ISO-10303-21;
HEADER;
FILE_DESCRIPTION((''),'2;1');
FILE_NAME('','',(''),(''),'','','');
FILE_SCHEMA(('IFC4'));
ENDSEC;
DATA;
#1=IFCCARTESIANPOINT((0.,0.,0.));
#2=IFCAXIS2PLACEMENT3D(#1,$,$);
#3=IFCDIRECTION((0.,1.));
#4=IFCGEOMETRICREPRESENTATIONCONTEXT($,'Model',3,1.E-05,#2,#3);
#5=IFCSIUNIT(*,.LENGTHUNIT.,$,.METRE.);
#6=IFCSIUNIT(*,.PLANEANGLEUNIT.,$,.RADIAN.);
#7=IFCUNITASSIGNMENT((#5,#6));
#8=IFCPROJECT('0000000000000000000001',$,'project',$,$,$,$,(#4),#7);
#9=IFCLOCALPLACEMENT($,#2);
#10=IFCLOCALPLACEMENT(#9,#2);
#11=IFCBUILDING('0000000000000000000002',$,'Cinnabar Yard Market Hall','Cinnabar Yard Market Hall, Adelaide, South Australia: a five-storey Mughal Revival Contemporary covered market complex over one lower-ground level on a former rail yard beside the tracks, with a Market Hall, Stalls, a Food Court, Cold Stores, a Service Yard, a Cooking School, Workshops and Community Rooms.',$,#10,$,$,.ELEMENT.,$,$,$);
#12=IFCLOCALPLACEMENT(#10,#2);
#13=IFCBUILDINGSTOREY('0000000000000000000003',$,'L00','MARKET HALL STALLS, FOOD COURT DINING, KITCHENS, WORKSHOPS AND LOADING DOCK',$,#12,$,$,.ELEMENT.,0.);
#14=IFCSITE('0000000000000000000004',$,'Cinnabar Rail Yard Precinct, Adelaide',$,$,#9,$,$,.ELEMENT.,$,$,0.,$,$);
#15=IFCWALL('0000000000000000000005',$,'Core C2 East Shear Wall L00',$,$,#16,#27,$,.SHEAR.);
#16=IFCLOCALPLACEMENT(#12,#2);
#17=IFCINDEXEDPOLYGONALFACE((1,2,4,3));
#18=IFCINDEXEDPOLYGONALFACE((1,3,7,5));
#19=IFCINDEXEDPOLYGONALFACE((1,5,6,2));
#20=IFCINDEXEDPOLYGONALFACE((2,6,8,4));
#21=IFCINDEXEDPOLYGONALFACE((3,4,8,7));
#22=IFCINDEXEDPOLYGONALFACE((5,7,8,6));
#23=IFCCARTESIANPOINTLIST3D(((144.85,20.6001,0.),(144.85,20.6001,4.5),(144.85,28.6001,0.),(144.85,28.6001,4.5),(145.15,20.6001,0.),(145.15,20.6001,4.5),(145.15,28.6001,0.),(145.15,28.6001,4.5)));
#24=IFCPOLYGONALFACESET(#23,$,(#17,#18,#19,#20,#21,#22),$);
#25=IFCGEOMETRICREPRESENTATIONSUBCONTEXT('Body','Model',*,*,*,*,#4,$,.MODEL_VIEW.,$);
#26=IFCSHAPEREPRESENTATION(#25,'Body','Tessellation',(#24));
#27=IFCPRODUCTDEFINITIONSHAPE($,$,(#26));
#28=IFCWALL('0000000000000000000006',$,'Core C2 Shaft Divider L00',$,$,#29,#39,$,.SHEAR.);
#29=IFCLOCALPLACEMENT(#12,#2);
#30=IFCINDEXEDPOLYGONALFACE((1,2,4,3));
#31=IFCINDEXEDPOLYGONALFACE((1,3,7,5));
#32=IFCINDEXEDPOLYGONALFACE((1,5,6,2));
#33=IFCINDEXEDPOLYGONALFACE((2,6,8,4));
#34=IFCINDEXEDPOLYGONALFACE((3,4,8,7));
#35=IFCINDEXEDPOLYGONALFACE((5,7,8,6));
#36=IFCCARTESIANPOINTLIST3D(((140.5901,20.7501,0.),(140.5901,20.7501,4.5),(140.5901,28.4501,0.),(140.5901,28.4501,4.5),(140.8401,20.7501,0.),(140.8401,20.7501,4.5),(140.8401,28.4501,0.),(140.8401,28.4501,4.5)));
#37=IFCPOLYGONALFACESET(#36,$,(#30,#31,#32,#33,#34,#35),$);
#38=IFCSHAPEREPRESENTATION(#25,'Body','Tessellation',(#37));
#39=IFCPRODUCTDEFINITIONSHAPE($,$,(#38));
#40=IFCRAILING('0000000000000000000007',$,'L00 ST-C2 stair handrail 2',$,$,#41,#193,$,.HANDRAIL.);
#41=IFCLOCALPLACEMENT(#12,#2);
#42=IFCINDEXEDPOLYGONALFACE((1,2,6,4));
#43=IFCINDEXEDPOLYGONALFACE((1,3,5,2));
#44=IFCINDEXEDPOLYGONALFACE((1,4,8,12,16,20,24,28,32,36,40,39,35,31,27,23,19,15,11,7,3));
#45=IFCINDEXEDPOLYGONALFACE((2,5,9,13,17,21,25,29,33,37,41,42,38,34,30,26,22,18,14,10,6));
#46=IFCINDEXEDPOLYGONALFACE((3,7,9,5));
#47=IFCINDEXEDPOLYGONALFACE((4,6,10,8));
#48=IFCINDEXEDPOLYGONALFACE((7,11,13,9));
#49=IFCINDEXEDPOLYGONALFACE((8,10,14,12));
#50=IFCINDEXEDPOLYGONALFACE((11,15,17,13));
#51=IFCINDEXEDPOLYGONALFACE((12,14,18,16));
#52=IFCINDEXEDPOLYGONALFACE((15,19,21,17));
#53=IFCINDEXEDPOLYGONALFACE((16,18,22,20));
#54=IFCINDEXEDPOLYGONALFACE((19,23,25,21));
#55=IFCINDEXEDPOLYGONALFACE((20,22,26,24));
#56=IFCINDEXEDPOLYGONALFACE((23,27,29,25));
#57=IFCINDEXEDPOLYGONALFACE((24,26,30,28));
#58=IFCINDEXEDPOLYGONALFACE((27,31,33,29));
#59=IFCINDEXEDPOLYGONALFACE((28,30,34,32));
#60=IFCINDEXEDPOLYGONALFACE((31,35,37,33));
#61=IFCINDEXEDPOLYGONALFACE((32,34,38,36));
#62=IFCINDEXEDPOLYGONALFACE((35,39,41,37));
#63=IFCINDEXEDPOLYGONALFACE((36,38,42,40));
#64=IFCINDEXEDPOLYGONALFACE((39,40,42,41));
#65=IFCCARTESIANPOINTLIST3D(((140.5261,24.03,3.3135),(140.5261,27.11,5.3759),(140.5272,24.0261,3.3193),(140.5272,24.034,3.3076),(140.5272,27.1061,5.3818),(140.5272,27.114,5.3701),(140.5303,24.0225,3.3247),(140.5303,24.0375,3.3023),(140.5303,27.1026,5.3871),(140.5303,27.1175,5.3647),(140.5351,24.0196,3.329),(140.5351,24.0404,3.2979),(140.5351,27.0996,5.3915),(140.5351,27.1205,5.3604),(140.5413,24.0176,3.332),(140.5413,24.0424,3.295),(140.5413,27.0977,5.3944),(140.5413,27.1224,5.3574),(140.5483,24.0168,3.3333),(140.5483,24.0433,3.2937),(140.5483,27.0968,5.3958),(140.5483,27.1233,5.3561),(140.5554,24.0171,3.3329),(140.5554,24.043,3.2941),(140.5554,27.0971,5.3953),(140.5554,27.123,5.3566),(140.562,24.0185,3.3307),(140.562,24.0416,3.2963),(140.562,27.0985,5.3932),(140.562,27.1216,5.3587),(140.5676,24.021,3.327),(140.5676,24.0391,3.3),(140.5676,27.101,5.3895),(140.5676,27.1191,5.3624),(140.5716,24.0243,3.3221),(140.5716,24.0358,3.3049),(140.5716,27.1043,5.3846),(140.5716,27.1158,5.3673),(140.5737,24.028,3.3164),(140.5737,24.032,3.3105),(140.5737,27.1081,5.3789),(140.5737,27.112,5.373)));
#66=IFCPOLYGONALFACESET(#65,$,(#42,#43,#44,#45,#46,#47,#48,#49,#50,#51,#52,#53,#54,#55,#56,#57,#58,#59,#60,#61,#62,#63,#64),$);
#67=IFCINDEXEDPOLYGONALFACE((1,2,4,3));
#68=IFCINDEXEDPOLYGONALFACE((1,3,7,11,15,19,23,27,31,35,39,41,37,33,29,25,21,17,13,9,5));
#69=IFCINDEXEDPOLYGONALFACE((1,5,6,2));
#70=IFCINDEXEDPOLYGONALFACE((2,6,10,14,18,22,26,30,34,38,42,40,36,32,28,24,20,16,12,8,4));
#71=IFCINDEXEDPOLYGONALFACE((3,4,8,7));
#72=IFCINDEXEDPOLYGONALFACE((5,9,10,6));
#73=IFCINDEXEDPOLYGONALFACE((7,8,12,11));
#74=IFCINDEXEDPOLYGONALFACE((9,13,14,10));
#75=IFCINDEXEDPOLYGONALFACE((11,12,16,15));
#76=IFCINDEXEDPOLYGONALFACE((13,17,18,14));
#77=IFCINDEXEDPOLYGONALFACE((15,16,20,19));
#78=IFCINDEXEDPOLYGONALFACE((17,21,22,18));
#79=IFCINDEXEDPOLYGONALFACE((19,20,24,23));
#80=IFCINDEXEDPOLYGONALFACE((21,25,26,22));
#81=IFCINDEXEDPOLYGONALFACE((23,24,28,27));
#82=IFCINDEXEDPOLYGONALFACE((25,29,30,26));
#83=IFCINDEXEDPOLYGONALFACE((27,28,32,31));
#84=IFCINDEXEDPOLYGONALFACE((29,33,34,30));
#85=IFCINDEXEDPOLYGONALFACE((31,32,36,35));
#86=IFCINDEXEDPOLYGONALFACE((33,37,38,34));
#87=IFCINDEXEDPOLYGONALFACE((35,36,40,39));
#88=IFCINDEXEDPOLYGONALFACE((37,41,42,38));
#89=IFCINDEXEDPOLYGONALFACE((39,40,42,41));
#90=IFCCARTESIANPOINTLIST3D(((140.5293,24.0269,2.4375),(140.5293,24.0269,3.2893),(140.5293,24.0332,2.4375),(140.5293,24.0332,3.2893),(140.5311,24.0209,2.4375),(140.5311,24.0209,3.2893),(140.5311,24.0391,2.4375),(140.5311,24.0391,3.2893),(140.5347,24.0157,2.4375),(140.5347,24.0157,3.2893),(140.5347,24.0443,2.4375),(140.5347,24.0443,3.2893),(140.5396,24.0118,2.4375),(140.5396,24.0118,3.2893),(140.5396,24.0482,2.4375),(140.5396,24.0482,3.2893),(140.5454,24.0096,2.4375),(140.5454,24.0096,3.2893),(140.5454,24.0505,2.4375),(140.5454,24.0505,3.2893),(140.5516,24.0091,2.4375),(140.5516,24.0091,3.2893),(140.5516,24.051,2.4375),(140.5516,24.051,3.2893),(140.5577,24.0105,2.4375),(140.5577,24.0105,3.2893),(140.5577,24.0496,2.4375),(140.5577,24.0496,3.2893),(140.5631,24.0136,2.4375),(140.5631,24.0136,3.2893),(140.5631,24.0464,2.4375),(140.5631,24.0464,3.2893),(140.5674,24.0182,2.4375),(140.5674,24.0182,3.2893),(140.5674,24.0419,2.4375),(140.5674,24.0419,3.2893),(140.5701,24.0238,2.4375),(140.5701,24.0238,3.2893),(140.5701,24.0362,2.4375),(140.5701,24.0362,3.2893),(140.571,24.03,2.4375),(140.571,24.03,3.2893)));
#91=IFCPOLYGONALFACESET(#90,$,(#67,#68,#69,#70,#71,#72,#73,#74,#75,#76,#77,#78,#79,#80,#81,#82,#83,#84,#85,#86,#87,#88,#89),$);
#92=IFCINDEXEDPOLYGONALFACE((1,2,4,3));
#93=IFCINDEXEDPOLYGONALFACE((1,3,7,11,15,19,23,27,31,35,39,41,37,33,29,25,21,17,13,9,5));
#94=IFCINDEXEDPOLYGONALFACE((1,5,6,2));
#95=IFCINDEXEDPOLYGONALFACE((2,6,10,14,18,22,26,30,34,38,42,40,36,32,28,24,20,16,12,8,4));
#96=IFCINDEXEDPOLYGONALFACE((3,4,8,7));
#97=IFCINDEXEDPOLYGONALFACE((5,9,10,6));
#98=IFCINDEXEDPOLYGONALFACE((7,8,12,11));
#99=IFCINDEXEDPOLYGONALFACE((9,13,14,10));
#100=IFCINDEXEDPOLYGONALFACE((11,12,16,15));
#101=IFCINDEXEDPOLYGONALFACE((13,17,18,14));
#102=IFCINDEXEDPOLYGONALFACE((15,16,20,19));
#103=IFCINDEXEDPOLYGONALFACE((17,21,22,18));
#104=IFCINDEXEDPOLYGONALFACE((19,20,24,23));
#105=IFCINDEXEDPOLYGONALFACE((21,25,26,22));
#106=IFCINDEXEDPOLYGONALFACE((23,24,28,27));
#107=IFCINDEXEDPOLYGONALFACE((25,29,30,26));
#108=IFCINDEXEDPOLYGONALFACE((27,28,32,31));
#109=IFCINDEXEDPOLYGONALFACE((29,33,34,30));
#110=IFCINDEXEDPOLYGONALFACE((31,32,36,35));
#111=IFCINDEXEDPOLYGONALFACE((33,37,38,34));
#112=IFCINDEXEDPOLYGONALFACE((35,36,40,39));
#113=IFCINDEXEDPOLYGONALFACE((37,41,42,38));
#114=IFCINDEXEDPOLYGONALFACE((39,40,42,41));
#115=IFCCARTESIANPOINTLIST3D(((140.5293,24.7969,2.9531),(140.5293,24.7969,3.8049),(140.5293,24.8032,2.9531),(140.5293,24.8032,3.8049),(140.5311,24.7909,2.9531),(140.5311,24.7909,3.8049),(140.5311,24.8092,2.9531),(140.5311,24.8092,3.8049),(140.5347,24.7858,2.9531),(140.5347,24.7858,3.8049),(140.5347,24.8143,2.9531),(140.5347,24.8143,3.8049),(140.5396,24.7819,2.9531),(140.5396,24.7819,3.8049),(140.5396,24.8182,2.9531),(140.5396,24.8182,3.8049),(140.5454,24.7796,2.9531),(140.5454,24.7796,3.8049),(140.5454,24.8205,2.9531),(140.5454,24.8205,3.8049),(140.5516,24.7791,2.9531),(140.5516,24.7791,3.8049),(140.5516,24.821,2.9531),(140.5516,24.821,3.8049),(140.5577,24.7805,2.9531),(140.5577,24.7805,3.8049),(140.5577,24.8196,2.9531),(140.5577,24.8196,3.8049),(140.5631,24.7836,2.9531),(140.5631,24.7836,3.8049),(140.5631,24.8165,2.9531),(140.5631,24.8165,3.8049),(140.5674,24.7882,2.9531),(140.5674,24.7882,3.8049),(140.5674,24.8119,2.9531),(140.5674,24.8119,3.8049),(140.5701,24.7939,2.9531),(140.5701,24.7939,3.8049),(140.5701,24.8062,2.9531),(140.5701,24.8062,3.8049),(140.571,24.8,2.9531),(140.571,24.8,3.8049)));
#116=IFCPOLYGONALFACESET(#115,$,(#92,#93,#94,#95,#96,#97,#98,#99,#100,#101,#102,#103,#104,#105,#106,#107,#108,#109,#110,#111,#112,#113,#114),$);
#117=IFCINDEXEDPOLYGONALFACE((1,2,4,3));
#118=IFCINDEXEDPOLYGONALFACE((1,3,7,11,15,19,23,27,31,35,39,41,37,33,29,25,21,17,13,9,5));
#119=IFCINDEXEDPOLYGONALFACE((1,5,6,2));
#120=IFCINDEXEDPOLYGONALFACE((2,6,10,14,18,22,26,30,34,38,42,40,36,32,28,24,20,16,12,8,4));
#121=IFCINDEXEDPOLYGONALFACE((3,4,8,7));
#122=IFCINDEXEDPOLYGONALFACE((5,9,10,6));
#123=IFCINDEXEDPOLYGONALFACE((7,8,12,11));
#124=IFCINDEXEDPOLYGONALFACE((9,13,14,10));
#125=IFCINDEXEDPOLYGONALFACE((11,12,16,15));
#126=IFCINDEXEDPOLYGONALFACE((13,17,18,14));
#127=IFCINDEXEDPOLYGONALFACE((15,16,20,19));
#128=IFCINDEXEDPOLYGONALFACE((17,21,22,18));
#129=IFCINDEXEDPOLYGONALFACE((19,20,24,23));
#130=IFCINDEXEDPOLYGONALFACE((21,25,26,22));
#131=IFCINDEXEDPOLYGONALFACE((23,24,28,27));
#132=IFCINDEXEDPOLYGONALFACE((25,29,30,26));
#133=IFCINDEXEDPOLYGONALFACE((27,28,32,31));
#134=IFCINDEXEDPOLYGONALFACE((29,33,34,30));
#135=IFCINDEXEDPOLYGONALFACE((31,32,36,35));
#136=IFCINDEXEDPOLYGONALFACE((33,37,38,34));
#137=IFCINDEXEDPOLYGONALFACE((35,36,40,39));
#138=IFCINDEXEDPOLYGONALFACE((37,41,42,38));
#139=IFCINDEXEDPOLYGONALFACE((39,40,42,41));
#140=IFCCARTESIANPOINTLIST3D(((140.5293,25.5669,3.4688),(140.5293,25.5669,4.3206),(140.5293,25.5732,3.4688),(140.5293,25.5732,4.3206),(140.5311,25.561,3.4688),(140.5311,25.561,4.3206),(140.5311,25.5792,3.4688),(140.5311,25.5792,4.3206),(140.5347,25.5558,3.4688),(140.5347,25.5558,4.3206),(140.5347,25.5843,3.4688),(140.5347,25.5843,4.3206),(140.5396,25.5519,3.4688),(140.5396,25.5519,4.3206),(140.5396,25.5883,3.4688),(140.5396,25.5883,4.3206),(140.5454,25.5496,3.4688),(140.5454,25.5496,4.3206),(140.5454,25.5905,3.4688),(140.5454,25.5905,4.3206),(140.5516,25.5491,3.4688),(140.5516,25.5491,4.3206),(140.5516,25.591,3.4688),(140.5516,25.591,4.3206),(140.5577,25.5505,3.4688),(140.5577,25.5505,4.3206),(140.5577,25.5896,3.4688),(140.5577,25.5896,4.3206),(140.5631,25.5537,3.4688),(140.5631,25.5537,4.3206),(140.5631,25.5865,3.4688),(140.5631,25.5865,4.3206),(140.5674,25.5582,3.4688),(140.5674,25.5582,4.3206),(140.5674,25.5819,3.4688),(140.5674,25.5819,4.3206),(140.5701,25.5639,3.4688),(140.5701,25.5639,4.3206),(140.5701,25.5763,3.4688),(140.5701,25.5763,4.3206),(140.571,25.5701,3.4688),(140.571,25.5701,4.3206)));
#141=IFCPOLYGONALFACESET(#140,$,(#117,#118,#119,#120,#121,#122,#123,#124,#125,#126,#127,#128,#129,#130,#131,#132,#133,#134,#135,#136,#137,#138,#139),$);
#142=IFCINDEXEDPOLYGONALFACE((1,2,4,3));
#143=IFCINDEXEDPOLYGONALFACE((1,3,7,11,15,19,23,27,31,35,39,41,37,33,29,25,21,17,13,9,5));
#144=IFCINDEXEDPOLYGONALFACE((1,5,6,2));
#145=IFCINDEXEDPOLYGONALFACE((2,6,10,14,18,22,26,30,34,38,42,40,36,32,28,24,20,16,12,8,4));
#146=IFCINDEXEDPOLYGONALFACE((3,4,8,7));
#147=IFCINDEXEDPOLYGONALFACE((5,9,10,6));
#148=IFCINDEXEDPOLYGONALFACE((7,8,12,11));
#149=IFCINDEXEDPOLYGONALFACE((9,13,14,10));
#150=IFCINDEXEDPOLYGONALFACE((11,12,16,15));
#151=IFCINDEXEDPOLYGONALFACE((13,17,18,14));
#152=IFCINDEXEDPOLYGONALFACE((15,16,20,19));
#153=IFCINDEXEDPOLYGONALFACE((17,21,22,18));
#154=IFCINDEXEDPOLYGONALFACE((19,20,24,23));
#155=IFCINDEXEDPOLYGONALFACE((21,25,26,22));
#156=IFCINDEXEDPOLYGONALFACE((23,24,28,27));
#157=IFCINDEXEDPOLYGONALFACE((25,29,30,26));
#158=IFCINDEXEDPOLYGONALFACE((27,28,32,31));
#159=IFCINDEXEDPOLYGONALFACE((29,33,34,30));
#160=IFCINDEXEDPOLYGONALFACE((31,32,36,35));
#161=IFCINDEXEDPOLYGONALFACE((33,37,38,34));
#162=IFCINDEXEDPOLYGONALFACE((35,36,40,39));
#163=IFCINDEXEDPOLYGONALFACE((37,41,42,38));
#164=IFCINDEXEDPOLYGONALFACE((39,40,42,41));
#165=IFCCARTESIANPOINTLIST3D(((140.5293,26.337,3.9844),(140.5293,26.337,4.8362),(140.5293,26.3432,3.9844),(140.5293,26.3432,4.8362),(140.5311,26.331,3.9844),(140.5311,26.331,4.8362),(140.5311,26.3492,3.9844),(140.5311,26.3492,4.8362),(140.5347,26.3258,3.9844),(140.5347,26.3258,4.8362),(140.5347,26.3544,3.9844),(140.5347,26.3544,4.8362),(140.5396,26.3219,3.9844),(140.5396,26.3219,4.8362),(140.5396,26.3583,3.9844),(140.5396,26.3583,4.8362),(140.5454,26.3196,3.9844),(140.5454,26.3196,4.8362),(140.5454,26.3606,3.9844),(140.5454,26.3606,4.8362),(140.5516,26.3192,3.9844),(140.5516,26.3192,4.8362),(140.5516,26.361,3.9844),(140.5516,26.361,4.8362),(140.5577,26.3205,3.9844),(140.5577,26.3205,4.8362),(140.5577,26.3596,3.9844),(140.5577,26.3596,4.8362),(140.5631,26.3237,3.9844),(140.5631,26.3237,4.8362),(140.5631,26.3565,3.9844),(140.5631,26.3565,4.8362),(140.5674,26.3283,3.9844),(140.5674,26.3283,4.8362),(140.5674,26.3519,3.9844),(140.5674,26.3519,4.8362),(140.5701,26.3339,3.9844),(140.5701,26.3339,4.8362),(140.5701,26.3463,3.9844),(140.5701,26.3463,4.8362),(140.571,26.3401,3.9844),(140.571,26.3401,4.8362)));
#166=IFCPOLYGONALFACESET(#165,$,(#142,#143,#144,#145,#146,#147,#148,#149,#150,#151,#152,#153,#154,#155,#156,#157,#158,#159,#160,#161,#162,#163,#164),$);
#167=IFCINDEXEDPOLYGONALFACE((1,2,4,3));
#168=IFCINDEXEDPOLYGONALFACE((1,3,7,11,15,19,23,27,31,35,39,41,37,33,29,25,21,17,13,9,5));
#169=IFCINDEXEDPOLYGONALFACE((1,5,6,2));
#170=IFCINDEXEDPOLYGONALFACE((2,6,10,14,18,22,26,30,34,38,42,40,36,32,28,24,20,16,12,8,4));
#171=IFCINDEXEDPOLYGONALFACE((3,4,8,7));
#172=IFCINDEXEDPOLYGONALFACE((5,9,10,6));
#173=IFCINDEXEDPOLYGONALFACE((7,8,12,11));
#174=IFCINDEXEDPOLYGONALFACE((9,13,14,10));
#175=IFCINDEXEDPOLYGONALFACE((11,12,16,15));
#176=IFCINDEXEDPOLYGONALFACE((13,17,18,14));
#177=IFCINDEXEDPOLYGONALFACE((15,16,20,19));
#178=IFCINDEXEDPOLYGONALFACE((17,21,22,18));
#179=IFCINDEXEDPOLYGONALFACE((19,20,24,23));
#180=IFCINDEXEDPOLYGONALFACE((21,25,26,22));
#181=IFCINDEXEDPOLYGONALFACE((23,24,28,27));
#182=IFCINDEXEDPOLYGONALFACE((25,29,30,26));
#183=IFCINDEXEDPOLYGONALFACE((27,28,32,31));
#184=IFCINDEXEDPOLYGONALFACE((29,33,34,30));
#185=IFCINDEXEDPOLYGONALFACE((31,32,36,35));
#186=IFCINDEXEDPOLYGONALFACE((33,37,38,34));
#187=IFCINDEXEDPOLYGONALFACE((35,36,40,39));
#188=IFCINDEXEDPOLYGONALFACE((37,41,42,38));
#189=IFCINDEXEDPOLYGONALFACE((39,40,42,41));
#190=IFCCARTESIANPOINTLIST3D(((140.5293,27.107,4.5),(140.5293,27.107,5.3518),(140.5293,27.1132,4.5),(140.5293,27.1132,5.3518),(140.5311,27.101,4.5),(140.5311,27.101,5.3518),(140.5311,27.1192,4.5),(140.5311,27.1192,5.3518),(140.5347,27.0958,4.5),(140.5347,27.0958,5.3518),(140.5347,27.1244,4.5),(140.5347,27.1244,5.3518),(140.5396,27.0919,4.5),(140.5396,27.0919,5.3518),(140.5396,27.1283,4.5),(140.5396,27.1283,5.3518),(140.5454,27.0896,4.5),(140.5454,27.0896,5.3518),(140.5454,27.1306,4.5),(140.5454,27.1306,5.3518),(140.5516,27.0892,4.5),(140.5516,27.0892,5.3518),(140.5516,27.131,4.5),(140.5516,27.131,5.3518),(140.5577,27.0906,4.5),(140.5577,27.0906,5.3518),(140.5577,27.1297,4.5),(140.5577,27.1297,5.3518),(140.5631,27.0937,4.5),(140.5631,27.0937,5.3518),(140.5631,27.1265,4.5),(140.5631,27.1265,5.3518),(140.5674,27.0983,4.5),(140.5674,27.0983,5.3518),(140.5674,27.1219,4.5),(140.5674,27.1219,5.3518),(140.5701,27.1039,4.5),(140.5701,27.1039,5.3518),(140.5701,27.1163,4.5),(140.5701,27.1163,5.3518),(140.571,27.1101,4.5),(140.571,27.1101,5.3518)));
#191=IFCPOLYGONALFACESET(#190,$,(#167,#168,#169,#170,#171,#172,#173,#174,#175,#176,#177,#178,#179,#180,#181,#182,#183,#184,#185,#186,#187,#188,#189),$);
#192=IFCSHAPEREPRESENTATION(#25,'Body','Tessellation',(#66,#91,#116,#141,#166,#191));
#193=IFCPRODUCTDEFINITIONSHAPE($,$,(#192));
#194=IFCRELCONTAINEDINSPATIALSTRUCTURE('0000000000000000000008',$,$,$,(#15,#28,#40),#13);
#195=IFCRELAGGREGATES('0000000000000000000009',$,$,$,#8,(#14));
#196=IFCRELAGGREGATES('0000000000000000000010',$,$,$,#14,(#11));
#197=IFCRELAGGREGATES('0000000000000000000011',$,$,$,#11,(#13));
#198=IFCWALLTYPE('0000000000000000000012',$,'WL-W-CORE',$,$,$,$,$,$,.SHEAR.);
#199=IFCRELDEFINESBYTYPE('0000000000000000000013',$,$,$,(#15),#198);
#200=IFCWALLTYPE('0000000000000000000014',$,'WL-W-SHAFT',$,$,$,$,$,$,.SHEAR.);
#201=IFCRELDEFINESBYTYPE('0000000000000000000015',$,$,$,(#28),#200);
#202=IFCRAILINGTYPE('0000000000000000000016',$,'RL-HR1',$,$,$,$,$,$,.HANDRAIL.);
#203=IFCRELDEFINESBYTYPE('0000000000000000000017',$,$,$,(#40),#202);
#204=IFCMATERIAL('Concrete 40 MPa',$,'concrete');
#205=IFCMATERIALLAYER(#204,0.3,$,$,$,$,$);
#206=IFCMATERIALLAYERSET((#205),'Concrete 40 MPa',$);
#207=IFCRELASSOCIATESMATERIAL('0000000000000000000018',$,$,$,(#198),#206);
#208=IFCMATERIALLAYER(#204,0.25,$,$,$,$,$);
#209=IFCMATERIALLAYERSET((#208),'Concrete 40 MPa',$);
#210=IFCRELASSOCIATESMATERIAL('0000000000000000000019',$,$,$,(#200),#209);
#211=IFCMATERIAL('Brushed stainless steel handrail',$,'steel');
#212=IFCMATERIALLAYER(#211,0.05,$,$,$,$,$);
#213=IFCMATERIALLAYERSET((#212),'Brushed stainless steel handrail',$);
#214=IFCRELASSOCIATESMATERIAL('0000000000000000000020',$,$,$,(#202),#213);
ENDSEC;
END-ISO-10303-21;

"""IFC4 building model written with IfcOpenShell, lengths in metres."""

from ifc_helpers import new_model, si_unit, direction, frame, frame_2d, origin, origin_2d_with_axis, place, context, subcontext, project, spatial, rectangle, circle, extrude, material, layer, layer_set, type_object, element, save


model = new_model("IFC4")

# Units and contexts
model_context = context("Model", 3, precision=1e-05, world=origin(), true_north=direction((0.0, 1.0)))
body_context = subcontext(model_context, "Body", "Model", "MODEL_VIEW")
ifc_project = project(units=[si_unit("LENGTHUNIT", "METRE"), si_unit("PLANEANGLEUNIT", "RADIAN")], contexts=[model_context])

# Site, building, storey
site_placement = place(None, origin())
site = spatial("IfcSite", under=ifc_project, at=site_placement, Name="Cinnabar Rail Yard Precinct, Adelaide", CompositionType="ELEMENT", RefElevation=0.0)
building_placement = place(site_placement, origin())
building = spatial("IfcBuilding", under=site, at=building_placement, Name="Cinnabar Yard Market Hall", Description="Cinnabar Yard Market Hall, Adelaide, South Australia: a five-storey Mughal Revival Contemporary covered market complex over one lower-ground level on a former rail yard beside the tracks, with a Market Hall, Stalls, a Food Court, Cold Stores, a Service Yard, a Cooking School, Workshops and Community Rooms.", CompositionType="ELEMENT")
storey_placement = place(building_placement, origin())
storey = spatial("IfcBuildingStorey", under=building, at=storey_placement, Name="L00", Description="MARKET HALL STALLS, FOOD COURT DINING, KITCHENS, WORKSHOPS AND LOADING DOCK", CompositionType="ELEMENT", Elevation=0.0)

# Walls
ifc_material_1 = material(Name="Concrete 40 MPa", Category="concrete")
ifc_layer_1 = layer(ifc_material_1, 0.3)
ifc_layer_set_1 = layer_set([ifc_layer_1], Name="Concrete 40 MPa")
wall_type_1 = type_object("IfcWallType", Name="WL-W-CORE", PredefinedType="SHEAR", material=ifc_layer_set_1)
wall_1_placement = place(storey_placement, frame((145.0, 20.6001, 0.0), z_axis=(0.0, 0.0, 1.0), x_axis=(0.0, 1.0, 0.0)))
element("IfcWall", 1, at=wall_1_placement, inside=storey, type_object=wall_type_1, Name="Core C2 East Shear Wall L00", PredefinedType="SHEAR", context=body_context, shape_type="SweptSolid", body=[
    extrude(rectangle(XDim=8.0, YDim=0.3, at=frame_2d((4.0, 0.0), x_axis=(1.0, 0.0))), origin(), (0.0, 0.0, 1.0), 4.5),
])
ifc_layer_2 = layer(ifc_material_1, 0.25)
ifc_layer_set_2 = layer_set([ifc_layer_2], Name="Concrete 40 MPa")
wall_type_2 = type_object("IfcWallType", Name="WL-W-SHAFT", PredefinedType="SHEAR", material=ifc_layer_set_2)
wall_2_placement = place(storey_placement, frame((140.7151, 20.75, 0.0), z_axis=(0.0, 0.0, 1.0), x_axis=(0.0, 1.0, 0.0)))
element("IfcWall", 2, at=wall_2_placement, inside=storey, type_object=wall_type_2, Name="Core C2 Shaft Divider L00", PredefinedType="SHEAR", context=body_context, shape_type="SweptSolid", body=[
    extrude(rectangle(XDim=7.7, YDim=0.25, at=frame_2d((3.8501, 0.0), x_axis=(1.0, 0.0))), origin(), (0.0, 0.0, 1.0), 4.5),
])

# Railing
ifc_material_2 = material(Name="Brushed stainless steel handrail", Category="steel")
ifc_layer_3 = layer(ifc_material_2, 0.05)
ifc_layer_set_3 = layer_set([ifc_layer_3], Name="Brushed stainless steel handrail")
railing_type = type_object("IfcRailingType", Name="RL-HR1", PredefinedType="HANDRAIL", material=ifc_layer_set_3)
railing_placement = place(storey_placement, frame((140.55, 24.03, 2.4375)))
element("IfcRailing", 3, at=railing_placement, inside=storey, type_object=railing_type, Name="L00 ST-C2 stair handrail 2", PredefinedType="HANDRAIL", context=body_context, shape_type="SweptSolid", body=[
    extrude(circle(Radius=0.0239, at=origin_2d_with_axis()), frame((0.0, 0.0, 0.876), z_axis=(0.0, 0.830914, 0.556401), x_axis=(-1.0, 0.0, 0.0)), (0.0, 0.0, 1.0), 3.7068),
    extrude(circle(Radius=0.021, at=origin_2d_with_axis()), origin(), (0.0, 0.0, 1.0), 0.8518),
    extrude(circle(Radius=0.021, at=origin_2d_with_axis()), frame((0.0, 0.77, 0.5156)), (0.0, 0.0, 1.0), 0.8518),
    extrude(circle(Radius=0.021, at=origin_2d_with_axis()), frame((0.0, 1.54, 1.0312)), (0.0, 0.0, 1.0), 0.8518),
    extrude(circle(Radius=0.021, at=origin_2d_with_axis()), frame((0.0, 2.3101, 1.5469)), (0.0, 0.0, 1.0), 0.8518),
    extrude(circle(Radius=0.021, at=origin_2d_with_axis()), frame((0.0, 3.0801, 2.0625)), (0.0, 0.0, 1.0), 0.8518),
])

save(model, "model.ifc")
